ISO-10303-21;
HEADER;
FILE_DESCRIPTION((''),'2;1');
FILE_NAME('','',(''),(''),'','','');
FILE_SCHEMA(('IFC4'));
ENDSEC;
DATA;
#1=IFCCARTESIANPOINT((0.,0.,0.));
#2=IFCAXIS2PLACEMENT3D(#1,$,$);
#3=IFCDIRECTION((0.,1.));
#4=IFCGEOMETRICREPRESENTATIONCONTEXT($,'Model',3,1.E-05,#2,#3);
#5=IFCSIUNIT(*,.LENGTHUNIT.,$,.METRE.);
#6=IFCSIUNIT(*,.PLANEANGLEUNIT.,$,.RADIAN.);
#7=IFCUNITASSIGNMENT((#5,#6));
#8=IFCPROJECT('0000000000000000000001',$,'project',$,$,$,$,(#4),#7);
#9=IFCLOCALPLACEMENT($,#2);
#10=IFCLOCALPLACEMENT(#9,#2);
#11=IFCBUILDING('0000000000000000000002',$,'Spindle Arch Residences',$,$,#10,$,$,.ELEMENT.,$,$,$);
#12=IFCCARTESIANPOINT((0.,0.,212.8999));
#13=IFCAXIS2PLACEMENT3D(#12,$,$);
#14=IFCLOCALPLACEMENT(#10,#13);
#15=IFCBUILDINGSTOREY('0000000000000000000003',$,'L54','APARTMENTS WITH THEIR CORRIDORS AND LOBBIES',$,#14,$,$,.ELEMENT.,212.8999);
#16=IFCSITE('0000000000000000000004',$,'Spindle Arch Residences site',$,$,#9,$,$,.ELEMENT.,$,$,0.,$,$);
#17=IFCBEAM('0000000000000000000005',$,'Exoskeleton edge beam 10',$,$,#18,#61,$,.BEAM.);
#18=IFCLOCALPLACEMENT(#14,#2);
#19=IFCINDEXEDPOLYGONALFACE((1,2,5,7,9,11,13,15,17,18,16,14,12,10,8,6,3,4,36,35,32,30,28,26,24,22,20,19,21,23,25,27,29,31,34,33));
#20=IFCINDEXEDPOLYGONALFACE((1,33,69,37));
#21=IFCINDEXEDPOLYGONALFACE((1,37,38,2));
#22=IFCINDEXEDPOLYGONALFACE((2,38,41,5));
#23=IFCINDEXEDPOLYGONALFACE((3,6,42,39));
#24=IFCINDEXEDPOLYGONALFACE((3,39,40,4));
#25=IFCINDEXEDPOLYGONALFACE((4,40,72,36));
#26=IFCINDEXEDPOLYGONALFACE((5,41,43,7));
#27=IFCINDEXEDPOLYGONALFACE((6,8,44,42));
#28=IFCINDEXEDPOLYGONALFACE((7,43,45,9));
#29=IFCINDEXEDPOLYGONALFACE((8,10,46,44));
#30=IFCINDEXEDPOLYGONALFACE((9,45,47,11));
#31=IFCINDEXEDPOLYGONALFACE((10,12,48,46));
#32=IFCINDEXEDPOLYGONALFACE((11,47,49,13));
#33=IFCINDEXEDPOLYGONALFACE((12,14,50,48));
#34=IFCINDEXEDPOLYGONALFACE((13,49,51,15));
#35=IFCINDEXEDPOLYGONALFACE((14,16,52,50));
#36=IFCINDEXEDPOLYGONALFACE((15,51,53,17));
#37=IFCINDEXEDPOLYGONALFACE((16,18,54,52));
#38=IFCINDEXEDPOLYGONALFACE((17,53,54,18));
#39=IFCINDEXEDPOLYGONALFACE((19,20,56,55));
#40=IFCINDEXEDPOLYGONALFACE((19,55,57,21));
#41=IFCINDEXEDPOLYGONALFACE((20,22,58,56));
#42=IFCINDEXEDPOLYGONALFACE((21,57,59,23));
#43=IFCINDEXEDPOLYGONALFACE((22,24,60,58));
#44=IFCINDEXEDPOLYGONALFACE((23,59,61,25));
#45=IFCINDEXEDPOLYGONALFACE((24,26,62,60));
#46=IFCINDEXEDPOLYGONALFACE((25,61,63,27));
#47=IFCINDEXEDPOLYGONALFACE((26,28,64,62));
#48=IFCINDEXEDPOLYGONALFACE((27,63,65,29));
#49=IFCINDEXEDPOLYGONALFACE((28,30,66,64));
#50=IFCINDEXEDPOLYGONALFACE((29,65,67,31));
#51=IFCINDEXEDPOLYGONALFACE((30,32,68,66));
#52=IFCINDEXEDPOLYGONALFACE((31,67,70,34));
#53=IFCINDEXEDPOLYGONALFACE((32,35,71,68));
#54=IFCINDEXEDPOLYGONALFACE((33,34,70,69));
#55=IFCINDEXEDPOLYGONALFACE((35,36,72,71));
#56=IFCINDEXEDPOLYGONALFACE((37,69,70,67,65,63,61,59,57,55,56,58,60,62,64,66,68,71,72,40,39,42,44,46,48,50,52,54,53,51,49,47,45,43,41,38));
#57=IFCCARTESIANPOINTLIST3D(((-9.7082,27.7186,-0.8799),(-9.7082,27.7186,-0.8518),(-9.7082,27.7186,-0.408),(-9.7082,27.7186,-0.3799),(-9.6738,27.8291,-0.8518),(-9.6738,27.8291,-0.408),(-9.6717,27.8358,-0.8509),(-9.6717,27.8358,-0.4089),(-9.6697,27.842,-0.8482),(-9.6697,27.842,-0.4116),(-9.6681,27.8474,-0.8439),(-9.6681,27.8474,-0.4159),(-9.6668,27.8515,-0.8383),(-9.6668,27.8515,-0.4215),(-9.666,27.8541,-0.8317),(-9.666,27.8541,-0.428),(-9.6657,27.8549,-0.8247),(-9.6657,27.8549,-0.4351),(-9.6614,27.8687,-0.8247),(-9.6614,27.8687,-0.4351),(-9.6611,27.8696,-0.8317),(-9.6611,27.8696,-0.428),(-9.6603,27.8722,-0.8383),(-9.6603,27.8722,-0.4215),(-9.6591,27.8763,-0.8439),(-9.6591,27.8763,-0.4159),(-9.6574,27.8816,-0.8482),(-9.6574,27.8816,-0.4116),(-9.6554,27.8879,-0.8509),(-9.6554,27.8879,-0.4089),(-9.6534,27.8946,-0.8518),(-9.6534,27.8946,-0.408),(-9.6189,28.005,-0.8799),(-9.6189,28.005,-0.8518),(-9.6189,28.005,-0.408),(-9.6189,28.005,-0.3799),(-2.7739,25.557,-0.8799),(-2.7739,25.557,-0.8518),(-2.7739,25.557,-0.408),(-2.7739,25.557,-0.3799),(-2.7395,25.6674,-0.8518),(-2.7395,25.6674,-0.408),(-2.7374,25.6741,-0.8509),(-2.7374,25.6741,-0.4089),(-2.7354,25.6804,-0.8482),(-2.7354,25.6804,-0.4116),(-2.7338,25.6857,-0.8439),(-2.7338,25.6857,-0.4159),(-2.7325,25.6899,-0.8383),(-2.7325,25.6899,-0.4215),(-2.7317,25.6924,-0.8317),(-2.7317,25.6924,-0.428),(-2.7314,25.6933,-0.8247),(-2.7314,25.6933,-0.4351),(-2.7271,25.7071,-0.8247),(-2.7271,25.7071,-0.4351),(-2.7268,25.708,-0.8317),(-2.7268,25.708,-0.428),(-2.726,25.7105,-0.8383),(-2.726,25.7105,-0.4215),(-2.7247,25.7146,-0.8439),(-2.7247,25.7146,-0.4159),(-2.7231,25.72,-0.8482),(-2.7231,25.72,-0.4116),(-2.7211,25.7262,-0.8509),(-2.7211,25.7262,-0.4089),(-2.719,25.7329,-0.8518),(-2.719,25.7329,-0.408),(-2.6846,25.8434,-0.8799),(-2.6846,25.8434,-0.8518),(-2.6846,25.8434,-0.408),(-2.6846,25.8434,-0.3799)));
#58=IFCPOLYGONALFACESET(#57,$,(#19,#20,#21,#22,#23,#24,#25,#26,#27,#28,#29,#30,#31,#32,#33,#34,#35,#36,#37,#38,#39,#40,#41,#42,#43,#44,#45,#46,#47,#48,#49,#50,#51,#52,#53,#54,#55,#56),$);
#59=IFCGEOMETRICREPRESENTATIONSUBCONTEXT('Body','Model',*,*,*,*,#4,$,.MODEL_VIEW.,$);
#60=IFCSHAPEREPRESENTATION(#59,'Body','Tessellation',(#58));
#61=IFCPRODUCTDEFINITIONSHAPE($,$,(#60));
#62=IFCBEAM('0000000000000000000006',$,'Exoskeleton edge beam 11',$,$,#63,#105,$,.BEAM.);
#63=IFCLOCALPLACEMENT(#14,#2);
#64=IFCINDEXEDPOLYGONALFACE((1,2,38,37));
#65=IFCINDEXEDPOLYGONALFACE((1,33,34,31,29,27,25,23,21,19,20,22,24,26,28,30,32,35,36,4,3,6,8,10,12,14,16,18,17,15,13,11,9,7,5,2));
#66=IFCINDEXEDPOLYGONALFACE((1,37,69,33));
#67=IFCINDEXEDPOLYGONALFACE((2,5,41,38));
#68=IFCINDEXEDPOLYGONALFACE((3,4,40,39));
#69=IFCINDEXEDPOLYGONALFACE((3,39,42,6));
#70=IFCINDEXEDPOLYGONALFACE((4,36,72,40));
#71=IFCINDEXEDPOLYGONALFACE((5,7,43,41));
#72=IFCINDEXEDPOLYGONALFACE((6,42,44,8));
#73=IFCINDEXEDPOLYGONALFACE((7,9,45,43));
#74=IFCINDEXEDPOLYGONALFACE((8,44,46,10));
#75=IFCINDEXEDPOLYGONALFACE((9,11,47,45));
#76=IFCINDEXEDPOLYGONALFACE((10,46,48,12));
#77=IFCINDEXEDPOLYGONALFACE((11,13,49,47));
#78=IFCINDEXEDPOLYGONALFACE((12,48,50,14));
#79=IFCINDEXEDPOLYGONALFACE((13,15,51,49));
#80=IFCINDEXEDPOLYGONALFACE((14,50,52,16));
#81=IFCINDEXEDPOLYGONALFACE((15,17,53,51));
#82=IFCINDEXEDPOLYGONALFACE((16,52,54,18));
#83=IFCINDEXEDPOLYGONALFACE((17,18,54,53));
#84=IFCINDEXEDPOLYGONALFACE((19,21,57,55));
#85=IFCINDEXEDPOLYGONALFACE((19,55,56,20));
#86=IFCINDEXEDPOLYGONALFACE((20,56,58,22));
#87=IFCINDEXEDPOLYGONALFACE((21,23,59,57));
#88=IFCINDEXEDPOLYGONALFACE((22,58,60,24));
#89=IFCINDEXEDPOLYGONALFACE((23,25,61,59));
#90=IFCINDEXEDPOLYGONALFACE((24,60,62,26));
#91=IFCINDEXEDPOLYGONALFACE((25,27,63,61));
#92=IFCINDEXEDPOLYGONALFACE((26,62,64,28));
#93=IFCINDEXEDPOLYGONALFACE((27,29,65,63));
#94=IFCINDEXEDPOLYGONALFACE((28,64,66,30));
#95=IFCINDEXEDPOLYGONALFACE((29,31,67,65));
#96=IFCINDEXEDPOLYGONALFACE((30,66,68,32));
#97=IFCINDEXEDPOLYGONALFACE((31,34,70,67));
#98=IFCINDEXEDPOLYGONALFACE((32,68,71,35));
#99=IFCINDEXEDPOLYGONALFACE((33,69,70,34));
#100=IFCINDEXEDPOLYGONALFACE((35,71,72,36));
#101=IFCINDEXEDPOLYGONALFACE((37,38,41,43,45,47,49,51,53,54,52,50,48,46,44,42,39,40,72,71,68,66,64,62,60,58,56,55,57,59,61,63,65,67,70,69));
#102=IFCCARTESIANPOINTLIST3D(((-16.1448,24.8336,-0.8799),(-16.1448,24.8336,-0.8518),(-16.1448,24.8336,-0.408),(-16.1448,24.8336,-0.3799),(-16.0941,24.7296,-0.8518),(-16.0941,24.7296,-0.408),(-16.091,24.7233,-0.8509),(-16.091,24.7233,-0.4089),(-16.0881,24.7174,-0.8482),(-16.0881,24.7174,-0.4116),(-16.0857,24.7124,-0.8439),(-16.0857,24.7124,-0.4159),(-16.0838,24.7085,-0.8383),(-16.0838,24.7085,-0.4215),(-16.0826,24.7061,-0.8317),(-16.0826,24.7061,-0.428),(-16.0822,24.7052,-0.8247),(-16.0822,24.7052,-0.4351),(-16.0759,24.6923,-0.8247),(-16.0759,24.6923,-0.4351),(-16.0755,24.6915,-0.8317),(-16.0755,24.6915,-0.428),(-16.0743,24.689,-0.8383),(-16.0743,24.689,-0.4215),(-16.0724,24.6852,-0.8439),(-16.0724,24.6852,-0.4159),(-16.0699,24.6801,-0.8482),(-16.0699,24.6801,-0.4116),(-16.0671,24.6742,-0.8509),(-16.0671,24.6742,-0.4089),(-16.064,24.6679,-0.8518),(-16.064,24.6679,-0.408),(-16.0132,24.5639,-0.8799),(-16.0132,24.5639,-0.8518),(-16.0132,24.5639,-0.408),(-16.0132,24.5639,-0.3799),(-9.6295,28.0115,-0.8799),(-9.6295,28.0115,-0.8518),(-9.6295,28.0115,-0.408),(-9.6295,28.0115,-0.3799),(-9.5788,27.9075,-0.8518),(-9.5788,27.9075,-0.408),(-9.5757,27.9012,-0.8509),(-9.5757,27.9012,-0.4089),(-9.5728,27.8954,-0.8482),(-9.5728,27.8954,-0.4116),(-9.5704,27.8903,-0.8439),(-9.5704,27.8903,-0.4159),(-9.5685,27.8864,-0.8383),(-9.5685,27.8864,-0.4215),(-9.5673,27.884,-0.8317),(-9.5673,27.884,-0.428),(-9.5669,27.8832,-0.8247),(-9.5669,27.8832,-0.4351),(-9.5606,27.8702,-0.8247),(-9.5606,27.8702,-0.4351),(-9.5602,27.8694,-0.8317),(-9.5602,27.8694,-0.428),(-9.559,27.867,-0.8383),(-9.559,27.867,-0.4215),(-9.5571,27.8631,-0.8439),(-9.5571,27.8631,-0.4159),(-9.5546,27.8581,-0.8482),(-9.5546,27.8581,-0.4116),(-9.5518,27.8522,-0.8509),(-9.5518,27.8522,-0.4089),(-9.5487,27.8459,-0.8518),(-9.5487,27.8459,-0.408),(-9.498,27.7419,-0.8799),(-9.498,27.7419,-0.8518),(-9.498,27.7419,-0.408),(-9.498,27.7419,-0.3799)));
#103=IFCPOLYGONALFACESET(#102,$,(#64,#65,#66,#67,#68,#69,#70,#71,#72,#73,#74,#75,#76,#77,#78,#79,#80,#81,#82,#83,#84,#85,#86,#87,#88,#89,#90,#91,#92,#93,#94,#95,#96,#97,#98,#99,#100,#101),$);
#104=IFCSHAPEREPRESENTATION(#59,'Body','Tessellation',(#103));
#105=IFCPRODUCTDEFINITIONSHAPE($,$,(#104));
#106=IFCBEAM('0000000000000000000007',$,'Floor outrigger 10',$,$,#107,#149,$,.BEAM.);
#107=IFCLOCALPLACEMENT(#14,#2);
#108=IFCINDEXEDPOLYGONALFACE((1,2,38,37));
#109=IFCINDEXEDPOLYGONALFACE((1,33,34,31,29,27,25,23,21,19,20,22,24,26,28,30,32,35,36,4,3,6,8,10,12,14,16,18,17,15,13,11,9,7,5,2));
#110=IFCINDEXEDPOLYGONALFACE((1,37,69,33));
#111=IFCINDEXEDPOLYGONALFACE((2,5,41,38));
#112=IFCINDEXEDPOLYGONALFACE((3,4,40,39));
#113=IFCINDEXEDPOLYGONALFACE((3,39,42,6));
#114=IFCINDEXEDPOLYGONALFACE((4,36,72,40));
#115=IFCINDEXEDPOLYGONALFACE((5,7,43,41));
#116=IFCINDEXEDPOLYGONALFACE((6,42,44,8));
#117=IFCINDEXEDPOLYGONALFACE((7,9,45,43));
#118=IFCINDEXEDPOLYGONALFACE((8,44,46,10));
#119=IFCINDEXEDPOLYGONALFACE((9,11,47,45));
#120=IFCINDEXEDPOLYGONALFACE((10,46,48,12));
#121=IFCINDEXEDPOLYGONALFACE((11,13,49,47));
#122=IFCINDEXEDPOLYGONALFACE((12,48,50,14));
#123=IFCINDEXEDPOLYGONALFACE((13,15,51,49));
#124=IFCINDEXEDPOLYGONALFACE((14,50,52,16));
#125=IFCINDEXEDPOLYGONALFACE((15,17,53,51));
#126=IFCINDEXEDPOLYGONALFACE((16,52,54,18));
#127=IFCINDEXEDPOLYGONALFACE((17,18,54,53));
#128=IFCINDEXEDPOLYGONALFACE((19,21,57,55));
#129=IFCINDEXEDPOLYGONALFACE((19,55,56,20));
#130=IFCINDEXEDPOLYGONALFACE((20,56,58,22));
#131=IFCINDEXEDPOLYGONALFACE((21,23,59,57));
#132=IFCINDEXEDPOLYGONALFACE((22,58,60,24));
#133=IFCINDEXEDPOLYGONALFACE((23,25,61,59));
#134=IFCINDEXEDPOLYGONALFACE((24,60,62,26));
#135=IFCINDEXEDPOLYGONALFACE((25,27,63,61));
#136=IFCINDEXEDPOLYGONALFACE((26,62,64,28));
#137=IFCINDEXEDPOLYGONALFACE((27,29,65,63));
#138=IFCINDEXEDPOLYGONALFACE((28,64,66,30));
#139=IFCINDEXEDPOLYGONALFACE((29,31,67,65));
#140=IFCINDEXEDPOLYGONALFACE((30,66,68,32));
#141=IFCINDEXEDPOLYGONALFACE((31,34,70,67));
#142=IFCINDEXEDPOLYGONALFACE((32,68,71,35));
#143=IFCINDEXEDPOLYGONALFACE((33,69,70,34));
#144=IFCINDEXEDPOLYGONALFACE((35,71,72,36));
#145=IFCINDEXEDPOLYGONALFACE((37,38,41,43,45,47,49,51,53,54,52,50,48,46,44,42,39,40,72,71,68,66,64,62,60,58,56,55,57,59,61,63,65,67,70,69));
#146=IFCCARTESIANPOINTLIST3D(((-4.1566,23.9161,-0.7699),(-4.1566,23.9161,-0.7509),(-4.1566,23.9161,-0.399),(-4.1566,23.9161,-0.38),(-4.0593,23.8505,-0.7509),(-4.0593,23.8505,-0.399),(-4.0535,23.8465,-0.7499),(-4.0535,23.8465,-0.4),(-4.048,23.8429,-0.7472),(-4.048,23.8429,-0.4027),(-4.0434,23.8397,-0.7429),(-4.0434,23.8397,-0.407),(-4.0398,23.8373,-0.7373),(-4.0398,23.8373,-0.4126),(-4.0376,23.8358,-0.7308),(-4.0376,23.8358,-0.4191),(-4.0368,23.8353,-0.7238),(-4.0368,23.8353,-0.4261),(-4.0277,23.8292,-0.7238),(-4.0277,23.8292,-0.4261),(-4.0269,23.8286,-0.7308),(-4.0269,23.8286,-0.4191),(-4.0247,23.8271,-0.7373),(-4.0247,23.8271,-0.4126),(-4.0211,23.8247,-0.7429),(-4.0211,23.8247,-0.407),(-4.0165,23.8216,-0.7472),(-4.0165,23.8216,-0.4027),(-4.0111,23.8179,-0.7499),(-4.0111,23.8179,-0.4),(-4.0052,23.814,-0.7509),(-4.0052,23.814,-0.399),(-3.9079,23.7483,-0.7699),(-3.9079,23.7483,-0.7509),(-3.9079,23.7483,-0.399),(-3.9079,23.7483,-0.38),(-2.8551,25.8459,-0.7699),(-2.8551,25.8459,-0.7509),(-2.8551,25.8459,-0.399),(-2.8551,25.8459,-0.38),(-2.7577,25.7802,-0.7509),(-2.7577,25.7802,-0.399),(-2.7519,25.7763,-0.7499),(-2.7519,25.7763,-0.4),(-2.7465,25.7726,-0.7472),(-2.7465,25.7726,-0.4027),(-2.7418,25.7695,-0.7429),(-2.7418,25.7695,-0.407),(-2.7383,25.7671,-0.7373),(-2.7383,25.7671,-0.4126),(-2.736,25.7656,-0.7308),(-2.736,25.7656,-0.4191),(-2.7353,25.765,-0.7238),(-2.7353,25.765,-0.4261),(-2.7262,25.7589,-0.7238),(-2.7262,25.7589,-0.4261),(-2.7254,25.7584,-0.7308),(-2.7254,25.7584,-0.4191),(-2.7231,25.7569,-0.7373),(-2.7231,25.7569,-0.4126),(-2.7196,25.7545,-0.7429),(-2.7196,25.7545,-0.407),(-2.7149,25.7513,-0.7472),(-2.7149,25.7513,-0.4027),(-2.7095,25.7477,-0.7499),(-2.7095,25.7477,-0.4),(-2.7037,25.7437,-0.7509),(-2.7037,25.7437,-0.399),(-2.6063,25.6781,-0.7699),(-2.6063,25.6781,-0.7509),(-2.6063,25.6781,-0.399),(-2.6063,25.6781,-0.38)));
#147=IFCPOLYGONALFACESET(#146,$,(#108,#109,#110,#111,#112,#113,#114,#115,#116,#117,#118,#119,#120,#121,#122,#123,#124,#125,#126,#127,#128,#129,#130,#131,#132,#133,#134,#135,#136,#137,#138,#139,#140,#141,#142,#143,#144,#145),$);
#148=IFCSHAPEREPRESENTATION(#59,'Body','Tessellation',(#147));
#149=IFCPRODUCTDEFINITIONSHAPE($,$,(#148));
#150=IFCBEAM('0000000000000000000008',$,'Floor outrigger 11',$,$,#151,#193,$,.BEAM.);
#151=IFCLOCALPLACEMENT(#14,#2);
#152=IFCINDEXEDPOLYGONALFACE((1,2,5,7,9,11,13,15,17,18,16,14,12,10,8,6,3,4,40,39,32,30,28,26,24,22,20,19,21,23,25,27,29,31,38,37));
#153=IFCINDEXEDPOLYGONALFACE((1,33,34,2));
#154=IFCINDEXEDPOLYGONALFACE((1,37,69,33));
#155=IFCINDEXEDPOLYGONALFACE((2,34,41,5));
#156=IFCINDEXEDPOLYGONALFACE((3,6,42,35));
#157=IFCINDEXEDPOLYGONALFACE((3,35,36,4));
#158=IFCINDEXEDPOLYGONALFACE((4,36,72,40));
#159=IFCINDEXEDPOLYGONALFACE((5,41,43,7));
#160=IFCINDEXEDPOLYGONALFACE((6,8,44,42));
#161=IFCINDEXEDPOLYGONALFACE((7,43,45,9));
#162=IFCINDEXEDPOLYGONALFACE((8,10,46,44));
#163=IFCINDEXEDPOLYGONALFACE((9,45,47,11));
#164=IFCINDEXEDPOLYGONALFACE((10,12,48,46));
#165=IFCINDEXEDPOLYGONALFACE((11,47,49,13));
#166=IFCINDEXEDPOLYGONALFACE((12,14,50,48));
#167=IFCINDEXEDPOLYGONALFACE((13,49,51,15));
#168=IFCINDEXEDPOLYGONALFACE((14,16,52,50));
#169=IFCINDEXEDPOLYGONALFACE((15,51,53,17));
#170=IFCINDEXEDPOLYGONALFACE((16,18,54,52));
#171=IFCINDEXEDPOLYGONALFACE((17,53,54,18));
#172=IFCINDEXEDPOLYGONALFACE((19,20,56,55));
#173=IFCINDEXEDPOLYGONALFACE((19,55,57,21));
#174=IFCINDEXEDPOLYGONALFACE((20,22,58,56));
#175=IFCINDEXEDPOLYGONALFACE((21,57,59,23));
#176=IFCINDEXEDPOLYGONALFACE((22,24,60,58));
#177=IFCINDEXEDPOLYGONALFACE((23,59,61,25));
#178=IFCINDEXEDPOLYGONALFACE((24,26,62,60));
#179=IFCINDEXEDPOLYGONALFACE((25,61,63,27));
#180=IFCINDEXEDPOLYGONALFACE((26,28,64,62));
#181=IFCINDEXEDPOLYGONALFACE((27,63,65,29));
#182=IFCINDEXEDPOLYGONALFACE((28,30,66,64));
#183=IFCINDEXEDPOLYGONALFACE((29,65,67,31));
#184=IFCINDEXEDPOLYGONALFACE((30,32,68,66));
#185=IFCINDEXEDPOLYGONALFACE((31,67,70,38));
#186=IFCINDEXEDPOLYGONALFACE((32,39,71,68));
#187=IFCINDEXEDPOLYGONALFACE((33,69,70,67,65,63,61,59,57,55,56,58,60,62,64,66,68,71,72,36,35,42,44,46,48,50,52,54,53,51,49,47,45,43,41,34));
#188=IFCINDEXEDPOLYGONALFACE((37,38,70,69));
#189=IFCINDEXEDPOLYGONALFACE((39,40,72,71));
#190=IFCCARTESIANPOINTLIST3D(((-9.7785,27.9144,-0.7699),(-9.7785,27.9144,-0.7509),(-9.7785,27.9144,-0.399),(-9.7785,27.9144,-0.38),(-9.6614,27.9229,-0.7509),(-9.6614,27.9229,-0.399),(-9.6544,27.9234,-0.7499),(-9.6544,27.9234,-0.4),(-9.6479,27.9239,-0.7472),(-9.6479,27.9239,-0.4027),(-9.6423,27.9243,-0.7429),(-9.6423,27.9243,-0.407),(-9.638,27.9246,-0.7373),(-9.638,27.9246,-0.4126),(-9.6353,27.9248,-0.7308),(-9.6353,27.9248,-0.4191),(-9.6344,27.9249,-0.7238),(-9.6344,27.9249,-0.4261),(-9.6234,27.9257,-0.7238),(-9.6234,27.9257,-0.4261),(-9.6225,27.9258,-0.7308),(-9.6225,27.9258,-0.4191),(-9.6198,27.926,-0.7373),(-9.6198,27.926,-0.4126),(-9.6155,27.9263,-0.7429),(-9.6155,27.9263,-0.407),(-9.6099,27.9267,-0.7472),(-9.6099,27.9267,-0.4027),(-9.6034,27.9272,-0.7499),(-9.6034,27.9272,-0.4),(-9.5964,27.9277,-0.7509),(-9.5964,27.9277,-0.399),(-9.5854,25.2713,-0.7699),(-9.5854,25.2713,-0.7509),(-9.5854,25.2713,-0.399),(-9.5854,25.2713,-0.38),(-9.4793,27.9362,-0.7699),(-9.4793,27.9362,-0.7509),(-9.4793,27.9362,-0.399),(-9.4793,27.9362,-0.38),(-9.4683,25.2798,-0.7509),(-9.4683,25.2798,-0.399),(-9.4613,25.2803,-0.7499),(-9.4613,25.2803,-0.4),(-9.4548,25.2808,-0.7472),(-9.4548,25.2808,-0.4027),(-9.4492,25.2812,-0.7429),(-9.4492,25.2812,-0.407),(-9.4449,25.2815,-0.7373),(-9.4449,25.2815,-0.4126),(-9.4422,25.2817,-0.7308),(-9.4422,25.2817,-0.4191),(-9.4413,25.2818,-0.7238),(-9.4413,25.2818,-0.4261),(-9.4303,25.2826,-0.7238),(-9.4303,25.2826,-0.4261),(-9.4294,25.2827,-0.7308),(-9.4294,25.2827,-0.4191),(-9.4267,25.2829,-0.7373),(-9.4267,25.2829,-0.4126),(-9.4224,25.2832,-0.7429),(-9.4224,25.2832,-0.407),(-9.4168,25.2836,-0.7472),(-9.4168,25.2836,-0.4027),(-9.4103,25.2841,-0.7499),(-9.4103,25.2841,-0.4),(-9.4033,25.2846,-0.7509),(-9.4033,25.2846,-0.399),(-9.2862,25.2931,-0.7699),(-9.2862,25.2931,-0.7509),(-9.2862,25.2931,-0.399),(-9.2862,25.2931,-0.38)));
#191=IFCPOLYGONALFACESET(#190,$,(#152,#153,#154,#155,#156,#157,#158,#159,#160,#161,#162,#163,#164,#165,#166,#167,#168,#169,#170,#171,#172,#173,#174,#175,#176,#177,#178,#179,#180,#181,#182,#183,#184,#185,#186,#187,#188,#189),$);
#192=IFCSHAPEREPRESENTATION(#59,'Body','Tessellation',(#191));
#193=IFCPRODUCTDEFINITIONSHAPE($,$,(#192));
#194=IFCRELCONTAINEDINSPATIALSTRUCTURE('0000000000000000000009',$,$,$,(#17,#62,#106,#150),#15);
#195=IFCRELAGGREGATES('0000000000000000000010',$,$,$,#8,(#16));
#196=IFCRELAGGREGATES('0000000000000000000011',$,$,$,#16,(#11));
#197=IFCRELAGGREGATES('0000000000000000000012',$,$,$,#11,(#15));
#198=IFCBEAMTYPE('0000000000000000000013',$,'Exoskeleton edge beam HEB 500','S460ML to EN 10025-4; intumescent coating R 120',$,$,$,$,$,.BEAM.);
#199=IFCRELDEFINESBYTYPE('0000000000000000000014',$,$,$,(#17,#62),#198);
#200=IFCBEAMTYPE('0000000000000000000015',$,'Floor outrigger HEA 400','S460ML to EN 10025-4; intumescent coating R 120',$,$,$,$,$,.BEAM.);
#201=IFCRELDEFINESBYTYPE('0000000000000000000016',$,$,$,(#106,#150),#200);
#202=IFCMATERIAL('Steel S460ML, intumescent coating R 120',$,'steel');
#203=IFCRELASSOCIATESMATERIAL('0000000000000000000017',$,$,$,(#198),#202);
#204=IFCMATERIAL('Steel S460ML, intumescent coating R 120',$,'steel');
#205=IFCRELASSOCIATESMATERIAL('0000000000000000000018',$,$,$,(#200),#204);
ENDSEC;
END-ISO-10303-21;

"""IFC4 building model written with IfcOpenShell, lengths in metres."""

from ifc_helpers import new_model, si_unit, direction, frame, origin, origin_2d, place, context, subcontext, project, spatial, i_section, extrude, material, material_profile, profile_set, type_object, element, save


model = new_model("IFC4")

# Units and contexts
model_context = context("Model", 3, precision=1e-05, world=origin(), true_north=direction((0.0, 1.0)))
body_context = subcontext(model_context, "Body", "Model", "MODEL_VIEW")
ifc_project = project(units=[si_unit("LENGTHUNIT", "METRE"), si_unit("PLANEANGLEUNIT", "RADIAN")], contexts=[model_context])

# Site, building, storey
site_placement = place(None, origin())
site = spatial("IfcSite", under=ifc_project, at=site_placement, Name="Spindle Arch Residences site", CompositionType="ELEMENT", RefElevation=0.0)
building_placement = place(site_placement, origin())
building = spatial("IfcBuilding", under=site, at=building_placement, Name="Spindle Arch Residences", CompositionType="ELEMENT")
storey_placement = place(building_placement, frame((0.0, 0.0, 212.8999)))
storey = spatial("IfcBuildingStorey", under=building, at=storey_placement, Name="L54", Description="APARTMENTS WITH THEIR CORRIDORS AND LOBBIES", CompositionType="ELEMENT", Elevation=212.8999)

# Beams
ifc_material_1 = material(Name="Steel S460ML, intumescent coating R 120", Category="steel")
ifc_material_profile_1 = material_profile(ifc_material_1, i_section(OverallWidth=0.3, OverallDepth=0.5, WebThickness=0.0144, FlangeThickness=0.0281, FilletRadius=0.0271, at=origin_2d()), Name="HEB 500")
ifc_profile_set_1 = profile_set([ifc_material_profile_1], Name="Steel S460ML, intumescent coating R 120")
beam_type_1 = type_object("IfcBeamType", Name="Exoskeleton edge beam HEB 500", Description="S460ML to EN 10025-4; intumescent coating R 120", PredefinedType="BEAM", material=ifc_profile_set_1)
beam_1_placement = place(storey_placement, frame((-2.7292, 25.7002, -0.6299), z_axis=(-0.95469, 0.297603, 0.0), x_axis=(-0.297603, -0.95469, 0.0)))
element("IfcBeam", 1, at=beam_1_placement, inside=storey, type_object=beam_type_1, Name="Exoskeleton edge beam 10", PredefinedType="BEAM", context=body_context, shape_type="SweptSolid", body=[
    extrude(i_section(OverallWidth=0.3, OverallDepth=0.5, WebThickness=0.0144, FlangeThickness=0.0281, FilletRadius=0.0271, at=origin_2d()), origin(), (0.0, 0.0, 1.0), 7.2634),
])
beam_2_placement = place(storey_placement, frame((-9.5637, 27.8767, -0.6299), z_axis=(-0.898782, -0.438395, 0.0), x_axis=(0.438395, -0.898782, 0.0)))
element("IfcBeam", 2, at=beam_2_placement, inside=storey, type_object=beam_type_1, Name="Exoskeleton edge beam 11", PredefinedType="BEAM", context=body_context, shape_type="SweptSolid", body=[
    extrude(i_section(OverallWidth=0.3, OverallDepth=0.5, WebThickness=0.0144, FlangeThickness=0.0281, FilletRadius=0.0271, at=origin_2d()), origin(), (0.0, 0.0, 1.0), 7.249),
])
ifc_material_2 = material(Name="Steel S460ML, intumescent coating R 120", Category="steel")
ifc_material_profile_2 = material_profile(ifc_material_2, i_section(OverallWidth=0.3, OverallDepth=0.3899, WebThickness=0.011, FlangeThickness=0.019, FilletRadius=0.0271, at=origin_2d()), Name="HEA 400")
ifc_profile_set_2 = profile_set([ifc_material_profile_2], Name="Steel S460ML, intumescent coating R 120")
beam_type_2 = type_object("IfcBeamType", Name="Floor outrigger HEA 400", Description="S460ML to EN 10025-4; intumescent coating R 120", PredefinedType="BEAM", material=ifc_profile_set_2)
beam_3_placement = place(storey_placement, frame((-2.7307, 25.762, -0.575), z_axis=(-0.55917, -0.829053, 0.0), x_axis=(0.829053, -0.55917, 0.0)))
element("IfcBeam", 3, at=beam_3_placement, inside=storey, type_object=beam_type_2, Name="Floor outrigger 10", PredefinedType="BEAM", context=body_context, shape_type="SweptSolid", body=[
    extrude(i_section(OverallWidth=0.3, OverallDepth=0.3899, WebThickness=0.011, FlangeThickness=0.019, FilletRadius=0.0271, at=origin_2d()), origin(), (0.0, 0.0, 1.0), 2.3276),
])
beam_4_placement = place(storey_placement, frame((-9.6289, 27.9253, -0.575), z_axis=(0.072871, -0.997341, 0.0), x_axis=(0.997341, 0.072871, 0.0)))
element("IfcBeam", 4, at=beam_4_placement, inside=storey, type_object=beam_type_2, Name="Floor outrigger 11", PredefinedType="BEAM", context=body_context, shape_type="SweptSolid", body=[
    extrude(i_section(OverallWidth=0.3, OverallDepth=0.3899, WebThickness=0.011, FlangeThickness=0.019, FilletRadius=0.0271, at=origin_2d()), origin(), (0.0, 0.0, 1.0), 2.6501),
])

save(model, "model.ifc")
